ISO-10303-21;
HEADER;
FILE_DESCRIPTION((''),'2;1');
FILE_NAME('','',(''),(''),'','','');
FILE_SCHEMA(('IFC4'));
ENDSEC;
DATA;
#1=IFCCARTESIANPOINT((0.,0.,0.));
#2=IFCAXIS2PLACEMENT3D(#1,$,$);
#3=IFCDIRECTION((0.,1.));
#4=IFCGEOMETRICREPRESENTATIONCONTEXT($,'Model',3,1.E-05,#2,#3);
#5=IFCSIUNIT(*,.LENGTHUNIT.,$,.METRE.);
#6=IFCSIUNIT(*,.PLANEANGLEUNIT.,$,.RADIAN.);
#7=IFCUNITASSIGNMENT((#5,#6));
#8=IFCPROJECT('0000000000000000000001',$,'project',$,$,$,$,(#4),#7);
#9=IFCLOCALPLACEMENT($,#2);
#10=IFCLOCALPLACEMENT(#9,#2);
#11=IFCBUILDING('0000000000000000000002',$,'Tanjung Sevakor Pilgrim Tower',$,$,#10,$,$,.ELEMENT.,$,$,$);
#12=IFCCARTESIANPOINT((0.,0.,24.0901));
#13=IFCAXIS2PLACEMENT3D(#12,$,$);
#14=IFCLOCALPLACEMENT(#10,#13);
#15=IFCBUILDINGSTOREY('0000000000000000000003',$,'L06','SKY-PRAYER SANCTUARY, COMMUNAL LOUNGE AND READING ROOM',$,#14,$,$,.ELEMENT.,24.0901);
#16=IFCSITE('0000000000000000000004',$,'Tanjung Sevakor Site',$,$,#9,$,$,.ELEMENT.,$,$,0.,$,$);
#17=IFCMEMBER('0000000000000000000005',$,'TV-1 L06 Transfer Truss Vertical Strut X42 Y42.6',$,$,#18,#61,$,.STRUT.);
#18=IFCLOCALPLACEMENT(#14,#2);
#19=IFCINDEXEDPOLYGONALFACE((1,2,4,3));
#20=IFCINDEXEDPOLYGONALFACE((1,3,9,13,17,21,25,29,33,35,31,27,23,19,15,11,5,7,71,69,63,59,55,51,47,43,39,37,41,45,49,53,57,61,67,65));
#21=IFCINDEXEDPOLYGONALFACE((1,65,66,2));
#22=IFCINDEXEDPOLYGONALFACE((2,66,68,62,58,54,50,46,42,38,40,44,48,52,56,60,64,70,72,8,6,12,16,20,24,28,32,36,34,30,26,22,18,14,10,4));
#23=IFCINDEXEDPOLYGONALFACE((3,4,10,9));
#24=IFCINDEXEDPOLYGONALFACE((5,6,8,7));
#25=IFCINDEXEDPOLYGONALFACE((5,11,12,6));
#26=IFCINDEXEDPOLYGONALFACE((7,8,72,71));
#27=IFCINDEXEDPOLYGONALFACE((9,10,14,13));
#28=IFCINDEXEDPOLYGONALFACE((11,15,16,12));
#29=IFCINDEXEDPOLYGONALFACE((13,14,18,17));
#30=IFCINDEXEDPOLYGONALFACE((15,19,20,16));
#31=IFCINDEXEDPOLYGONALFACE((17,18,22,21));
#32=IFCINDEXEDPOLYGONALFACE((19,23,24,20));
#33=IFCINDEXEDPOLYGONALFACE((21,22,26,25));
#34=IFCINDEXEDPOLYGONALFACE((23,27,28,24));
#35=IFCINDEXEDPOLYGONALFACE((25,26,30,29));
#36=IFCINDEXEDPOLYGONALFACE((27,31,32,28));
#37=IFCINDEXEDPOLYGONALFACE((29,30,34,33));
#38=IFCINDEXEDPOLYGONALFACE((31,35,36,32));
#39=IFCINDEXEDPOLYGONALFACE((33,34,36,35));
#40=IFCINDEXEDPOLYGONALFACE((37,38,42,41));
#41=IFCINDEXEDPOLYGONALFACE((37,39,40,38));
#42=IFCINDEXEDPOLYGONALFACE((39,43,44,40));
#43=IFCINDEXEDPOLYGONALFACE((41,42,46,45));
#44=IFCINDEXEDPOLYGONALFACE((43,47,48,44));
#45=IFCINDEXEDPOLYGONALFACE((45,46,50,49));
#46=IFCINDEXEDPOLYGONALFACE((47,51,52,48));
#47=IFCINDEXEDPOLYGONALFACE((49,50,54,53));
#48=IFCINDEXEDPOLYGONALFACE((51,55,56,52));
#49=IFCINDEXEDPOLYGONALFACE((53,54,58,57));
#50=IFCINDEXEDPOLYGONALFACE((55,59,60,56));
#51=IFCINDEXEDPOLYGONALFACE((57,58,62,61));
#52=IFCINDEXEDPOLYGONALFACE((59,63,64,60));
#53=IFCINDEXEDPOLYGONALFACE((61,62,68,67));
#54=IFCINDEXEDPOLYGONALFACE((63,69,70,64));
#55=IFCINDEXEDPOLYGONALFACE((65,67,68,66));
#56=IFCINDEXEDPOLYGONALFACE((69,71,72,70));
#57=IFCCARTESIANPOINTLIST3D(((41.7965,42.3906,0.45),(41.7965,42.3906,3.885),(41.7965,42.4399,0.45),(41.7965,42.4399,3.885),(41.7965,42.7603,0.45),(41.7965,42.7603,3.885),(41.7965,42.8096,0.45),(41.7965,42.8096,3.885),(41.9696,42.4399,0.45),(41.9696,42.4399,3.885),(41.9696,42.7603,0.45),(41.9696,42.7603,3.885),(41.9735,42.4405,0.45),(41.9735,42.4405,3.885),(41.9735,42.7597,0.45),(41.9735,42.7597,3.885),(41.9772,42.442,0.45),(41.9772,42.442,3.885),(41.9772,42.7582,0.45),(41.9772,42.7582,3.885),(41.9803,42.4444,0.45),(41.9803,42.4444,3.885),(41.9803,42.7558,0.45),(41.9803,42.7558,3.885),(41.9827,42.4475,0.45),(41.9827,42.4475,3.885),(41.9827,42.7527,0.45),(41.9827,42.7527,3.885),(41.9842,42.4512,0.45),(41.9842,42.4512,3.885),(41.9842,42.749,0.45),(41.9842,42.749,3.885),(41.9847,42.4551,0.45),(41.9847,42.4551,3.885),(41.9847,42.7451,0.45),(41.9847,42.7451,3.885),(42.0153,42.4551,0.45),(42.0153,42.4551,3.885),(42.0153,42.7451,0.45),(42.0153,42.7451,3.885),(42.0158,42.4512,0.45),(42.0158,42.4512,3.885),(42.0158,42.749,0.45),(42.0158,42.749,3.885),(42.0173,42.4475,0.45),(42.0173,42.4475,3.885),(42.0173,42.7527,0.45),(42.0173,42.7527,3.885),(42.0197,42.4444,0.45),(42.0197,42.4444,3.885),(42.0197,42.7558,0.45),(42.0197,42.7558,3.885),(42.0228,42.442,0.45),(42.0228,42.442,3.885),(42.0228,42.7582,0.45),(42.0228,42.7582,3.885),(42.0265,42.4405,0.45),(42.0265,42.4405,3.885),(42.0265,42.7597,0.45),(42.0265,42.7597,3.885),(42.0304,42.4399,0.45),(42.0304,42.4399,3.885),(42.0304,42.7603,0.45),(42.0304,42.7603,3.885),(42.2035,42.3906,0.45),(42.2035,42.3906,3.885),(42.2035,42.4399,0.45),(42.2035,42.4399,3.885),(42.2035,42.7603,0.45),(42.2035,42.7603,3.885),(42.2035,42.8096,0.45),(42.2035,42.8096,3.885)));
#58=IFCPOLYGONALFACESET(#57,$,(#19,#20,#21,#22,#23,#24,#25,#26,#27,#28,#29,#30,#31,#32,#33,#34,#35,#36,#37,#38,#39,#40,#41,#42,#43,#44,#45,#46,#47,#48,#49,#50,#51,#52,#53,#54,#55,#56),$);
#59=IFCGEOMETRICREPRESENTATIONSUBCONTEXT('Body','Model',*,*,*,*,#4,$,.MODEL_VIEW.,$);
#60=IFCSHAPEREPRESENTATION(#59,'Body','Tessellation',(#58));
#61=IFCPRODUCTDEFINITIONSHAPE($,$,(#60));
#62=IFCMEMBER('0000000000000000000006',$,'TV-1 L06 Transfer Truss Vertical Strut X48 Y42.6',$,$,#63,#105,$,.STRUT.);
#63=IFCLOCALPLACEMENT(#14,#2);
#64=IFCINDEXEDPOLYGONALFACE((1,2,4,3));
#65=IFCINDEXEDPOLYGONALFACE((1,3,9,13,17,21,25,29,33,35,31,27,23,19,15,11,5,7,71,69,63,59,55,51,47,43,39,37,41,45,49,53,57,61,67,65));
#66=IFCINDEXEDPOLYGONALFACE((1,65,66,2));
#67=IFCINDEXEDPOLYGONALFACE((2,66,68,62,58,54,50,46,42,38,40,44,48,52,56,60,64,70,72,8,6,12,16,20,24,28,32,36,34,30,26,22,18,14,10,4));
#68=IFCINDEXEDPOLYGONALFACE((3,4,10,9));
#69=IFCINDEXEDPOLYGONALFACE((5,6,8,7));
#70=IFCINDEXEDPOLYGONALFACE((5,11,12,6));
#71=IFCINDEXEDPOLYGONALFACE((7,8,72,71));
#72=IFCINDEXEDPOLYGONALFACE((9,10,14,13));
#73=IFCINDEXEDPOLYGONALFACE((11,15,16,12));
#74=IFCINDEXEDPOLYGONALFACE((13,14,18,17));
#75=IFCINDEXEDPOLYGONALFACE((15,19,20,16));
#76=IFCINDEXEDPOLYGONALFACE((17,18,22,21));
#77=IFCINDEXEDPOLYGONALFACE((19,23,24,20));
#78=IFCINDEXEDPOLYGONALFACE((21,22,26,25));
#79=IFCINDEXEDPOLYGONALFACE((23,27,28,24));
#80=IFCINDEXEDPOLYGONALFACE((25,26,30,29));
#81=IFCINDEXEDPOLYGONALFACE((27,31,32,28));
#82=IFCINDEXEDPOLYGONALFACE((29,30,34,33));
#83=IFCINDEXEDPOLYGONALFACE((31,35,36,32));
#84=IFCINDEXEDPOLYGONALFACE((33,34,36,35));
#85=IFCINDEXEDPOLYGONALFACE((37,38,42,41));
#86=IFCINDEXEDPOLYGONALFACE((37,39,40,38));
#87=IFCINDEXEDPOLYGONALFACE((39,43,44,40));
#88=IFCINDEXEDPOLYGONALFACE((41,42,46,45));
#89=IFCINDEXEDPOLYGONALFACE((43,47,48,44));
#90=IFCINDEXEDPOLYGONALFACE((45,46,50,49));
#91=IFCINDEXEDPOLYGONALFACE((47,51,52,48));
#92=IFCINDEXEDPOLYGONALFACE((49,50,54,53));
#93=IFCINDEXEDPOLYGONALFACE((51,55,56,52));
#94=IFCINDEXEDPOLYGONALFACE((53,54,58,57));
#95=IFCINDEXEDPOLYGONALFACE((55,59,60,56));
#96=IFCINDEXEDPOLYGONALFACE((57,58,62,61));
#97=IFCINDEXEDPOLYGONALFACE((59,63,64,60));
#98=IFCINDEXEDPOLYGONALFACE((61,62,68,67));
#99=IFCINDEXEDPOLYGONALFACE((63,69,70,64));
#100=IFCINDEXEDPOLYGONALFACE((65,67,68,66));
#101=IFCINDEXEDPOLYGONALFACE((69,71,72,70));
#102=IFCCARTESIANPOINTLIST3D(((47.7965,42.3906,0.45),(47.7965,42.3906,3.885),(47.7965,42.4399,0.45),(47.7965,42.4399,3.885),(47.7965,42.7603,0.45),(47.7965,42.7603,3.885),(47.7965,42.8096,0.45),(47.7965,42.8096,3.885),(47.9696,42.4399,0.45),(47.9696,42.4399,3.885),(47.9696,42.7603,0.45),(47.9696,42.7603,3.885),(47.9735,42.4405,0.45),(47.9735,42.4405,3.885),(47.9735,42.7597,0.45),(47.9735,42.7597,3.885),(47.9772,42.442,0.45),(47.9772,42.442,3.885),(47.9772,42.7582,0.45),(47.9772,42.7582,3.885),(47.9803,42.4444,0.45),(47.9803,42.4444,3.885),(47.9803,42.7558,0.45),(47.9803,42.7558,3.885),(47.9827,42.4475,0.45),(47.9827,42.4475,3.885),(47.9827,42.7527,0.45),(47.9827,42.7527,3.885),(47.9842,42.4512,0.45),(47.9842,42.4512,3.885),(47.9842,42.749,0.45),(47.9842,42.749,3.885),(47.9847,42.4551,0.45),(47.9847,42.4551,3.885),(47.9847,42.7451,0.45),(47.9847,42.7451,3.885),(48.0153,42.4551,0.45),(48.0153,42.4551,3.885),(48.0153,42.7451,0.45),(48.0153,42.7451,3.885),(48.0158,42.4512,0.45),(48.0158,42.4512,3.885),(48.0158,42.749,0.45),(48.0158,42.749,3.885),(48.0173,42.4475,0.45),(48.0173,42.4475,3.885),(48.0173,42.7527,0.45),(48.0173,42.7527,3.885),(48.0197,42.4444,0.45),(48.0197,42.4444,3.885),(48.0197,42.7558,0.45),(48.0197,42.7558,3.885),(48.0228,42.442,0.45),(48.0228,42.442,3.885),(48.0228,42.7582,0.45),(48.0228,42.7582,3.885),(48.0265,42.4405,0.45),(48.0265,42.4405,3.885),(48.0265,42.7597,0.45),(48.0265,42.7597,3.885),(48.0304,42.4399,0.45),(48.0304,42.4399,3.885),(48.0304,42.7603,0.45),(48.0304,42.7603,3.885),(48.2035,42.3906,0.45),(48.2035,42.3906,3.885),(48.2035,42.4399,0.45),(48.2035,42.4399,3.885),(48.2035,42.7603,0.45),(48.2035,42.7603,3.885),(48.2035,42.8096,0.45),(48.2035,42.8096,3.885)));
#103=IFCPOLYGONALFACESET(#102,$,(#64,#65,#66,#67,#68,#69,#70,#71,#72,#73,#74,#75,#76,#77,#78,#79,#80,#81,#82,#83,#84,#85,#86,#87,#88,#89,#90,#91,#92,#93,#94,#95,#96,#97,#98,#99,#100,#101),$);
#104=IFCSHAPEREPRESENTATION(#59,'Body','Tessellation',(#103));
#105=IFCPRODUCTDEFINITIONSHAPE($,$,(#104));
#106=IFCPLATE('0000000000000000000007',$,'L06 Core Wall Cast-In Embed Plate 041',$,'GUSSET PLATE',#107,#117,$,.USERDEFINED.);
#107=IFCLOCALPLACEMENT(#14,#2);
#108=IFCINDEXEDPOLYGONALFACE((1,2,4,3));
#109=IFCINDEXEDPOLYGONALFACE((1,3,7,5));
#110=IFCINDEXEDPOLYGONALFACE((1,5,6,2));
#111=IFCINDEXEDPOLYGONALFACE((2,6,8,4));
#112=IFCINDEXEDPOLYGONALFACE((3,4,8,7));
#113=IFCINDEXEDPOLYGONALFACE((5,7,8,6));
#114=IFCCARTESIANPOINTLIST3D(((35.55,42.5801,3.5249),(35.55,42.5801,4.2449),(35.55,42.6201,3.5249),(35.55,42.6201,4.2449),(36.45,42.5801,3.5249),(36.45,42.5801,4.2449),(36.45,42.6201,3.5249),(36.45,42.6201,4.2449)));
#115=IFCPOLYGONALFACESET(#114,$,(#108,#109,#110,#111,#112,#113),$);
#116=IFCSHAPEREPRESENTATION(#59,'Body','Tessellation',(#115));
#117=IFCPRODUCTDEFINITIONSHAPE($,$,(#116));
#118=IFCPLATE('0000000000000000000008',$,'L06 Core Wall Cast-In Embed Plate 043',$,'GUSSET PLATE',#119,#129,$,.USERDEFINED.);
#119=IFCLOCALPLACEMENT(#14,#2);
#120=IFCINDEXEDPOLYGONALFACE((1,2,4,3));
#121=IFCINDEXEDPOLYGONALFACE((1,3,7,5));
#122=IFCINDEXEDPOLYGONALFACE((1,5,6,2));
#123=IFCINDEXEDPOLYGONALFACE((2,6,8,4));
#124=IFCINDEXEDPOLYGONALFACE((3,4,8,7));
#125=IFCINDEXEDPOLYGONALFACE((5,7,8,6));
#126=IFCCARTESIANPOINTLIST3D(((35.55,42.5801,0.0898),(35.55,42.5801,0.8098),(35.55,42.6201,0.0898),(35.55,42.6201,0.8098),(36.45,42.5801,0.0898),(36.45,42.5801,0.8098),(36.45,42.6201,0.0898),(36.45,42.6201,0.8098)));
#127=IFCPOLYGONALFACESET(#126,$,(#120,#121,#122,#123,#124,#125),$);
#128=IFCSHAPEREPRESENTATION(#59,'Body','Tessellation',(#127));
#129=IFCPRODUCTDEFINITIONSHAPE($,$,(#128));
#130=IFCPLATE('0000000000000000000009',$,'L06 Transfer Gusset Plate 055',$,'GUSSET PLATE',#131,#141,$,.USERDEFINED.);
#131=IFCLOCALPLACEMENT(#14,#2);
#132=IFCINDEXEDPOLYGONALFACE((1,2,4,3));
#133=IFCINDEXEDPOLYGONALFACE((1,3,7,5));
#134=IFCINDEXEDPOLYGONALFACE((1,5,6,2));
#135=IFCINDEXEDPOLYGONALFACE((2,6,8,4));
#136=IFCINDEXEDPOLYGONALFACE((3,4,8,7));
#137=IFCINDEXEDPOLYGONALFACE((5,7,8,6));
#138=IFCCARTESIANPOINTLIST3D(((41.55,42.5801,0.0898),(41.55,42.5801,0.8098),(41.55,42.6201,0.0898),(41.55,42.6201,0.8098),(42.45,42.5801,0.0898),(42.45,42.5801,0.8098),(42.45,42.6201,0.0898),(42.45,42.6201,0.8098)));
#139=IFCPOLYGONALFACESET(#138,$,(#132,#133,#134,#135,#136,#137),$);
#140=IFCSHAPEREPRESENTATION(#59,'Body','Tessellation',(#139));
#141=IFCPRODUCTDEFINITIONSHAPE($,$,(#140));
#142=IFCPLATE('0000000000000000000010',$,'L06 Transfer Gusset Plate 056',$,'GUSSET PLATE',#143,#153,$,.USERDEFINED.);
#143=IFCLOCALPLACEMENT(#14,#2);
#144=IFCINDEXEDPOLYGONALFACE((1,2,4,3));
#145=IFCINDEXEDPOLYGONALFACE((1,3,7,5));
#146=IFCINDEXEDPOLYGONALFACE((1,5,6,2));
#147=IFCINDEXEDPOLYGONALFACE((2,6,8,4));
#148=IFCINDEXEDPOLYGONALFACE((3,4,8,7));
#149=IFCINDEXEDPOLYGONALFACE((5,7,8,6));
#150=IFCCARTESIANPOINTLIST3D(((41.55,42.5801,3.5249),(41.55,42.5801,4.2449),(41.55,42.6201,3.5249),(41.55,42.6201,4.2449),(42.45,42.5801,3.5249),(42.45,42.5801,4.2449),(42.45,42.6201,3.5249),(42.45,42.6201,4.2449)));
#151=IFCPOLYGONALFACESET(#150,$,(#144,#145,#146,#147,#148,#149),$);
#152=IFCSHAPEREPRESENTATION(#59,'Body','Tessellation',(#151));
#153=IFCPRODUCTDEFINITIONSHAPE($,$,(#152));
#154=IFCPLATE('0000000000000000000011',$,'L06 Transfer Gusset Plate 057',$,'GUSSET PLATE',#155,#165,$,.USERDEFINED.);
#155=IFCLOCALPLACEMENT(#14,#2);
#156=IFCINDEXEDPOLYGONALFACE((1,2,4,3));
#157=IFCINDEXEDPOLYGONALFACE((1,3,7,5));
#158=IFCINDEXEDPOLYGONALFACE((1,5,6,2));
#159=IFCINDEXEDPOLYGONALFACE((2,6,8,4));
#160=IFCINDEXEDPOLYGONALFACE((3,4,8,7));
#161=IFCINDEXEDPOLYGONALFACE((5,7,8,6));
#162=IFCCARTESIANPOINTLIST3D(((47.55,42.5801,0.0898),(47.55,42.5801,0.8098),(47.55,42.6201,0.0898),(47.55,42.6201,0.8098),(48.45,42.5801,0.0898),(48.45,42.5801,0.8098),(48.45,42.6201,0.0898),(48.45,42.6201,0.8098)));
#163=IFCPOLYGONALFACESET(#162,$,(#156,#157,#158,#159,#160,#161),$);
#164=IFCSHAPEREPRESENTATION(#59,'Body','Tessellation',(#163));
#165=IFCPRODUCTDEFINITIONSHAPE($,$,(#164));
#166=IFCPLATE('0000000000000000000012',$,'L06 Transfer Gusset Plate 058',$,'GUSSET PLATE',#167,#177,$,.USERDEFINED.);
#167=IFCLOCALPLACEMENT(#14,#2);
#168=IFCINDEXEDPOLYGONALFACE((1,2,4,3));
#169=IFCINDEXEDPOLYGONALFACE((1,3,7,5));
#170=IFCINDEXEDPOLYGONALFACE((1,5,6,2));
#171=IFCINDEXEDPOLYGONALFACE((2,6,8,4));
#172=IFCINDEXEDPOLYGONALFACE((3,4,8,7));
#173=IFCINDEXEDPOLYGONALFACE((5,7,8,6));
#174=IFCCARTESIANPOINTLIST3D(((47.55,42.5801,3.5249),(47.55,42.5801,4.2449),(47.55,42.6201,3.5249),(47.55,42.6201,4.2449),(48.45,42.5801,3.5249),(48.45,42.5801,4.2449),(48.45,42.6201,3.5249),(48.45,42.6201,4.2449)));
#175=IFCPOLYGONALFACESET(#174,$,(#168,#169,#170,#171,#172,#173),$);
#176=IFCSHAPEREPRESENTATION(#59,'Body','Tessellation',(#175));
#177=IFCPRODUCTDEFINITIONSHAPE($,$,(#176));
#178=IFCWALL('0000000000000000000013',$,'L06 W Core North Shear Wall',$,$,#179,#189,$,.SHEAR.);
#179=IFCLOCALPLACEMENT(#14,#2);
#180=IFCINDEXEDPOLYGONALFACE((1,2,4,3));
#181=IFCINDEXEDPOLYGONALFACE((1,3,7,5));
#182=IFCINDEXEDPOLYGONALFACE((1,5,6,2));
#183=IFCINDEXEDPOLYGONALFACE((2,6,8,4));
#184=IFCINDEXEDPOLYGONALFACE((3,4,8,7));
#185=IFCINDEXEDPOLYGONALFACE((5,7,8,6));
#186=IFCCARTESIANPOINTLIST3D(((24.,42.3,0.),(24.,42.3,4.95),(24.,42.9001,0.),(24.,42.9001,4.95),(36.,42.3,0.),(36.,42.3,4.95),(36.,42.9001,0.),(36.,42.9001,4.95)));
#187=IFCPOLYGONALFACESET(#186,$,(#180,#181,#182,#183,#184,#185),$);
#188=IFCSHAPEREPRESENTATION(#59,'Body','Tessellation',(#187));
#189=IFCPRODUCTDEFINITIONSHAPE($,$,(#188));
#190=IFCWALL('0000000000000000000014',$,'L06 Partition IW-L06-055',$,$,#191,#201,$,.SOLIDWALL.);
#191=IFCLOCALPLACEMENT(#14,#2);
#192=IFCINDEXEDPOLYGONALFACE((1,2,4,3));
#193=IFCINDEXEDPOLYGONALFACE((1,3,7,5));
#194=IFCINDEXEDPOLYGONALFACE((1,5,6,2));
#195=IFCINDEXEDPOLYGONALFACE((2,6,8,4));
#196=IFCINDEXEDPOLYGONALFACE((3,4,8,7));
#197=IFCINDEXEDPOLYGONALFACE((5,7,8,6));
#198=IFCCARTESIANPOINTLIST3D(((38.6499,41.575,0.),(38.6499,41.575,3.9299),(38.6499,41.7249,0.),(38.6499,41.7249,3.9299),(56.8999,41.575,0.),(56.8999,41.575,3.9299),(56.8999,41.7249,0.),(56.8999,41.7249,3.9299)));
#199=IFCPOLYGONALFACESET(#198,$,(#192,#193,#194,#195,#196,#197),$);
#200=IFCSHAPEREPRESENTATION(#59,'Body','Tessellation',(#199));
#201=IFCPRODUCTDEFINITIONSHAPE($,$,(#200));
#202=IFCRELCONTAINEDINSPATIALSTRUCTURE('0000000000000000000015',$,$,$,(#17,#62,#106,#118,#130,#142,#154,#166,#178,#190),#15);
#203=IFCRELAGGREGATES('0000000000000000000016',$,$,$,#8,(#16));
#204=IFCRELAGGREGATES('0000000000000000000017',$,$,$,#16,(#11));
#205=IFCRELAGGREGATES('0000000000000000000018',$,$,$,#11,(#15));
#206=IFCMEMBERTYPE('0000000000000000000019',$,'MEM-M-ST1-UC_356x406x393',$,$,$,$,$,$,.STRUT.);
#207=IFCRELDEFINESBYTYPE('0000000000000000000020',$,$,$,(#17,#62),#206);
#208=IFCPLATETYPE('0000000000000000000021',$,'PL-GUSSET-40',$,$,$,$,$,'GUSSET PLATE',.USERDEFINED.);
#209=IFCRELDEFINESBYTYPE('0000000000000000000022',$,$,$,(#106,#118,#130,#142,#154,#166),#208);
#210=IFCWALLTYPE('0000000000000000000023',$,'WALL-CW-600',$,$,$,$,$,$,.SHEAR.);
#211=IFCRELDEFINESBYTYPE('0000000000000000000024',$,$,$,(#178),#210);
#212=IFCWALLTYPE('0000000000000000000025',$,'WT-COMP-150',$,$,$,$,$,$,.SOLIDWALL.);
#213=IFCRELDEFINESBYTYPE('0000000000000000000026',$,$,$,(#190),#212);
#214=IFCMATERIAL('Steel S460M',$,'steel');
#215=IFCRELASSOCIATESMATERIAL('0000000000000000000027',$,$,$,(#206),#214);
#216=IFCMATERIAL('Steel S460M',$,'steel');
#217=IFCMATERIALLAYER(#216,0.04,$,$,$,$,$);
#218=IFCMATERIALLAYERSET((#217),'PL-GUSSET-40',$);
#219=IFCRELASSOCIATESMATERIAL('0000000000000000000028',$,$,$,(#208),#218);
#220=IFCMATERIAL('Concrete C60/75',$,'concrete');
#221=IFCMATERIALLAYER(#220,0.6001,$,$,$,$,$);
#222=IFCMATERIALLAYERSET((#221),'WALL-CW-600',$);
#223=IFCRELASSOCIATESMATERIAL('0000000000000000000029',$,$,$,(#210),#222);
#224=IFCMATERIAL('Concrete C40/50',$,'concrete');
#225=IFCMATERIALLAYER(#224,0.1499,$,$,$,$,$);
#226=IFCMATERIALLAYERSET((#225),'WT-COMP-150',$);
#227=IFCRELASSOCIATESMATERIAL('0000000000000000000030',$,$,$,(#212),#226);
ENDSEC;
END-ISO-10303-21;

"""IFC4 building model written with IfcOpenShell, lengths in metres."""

from ifc_helpers import new_model, si_unit, direction, frame, frame_2d, origin, origin_2d, place, context, subcontext, project, spatial, rectangle, i_section, extrude, material, layer, layer_set, material_profile, profile_set, type_object, element, save


model = new_model("IFC4")

# Units and contexts
model_context = context("Model", 3, precision=1e-05, world=origin(), true_north=direction((0.0, 1.0)))
body_context = subcontext(model_context, "Body", "Model", "MODEL_VIEW")
ifc_project = project(units=[si_unit("LENGTHUNIT", "METRE"), si_unit("PLANEANGLEUNIT", "RADIAN")], contexts=[model_context])

# Site, building, storey
site_placement = place(None, origin())
site = spatial("IfcSite", under=ifc_project, at=site_placement, Name="Tanjung Sevakor Site", CompositionType="ELEMENT", RefElevation=0.0)
building_placement = place(site_placement, origin())
building = spatial("IfcBuilding", under=site, at=building_placement, Name="Tanjung Sevakor Pilgrim Tower", CompositionType="ELEMENT")
storey_placement = place(building_placement, frame((0.0, 0.0, 24.0901)))
storey = spatial("IfcBuildingStorey", under=building, at=storey_placement, Name="L06", Description="SKY-PRAYER SANCTUARY, COMMUNAL LOUNGE AND READING ROOM", CompositionType="ELEMENT", Elevation=24.0901)

# Members
ifc_material_1 = material(Name="Steel S460M", Category="steel")
ifc_material_profile_1 = material_profile(ifc_material_1, i_section(OverallWidth=0.407, OverallDepth=0.4189, WebThickness=0.0305, FlangeThickness=0.0493, FilletRadius=0.0151, at=origin_2d()))
ifc_profile_set_1 = profile_set([ifc_material_profile_1], Name="Steel S460M")
member_type_1 = type_object("IfcMemberType", Name="MEM-M-ST1-UC_356x406x393", PredefinedType="STRUT", material=ifc_profile_set_1)
for number, where, z_axis, x_axis, name in (
    (1, (42.0, 42.6001, 0.45), (0.0, 0.0, 1.0), (1.0, 0.0, 0.0), "TV-1 L06 Transfer Truss Vertical Strut X42 Y42.6"),
    (2, (48.0, 42.6001, 0.45), (0.0, 0.0, 1.0), (1.0, 0.0, 0.0), "TV-1 L06 Transfer Truss Vertical Strut X48 Y42.6"),
):
    element("IfcMember", number, at=place(storey_placement, frame(where, z_axis=z_axis, x_axis=x_axis)), inside=storey, type_object=member_type_1, Name=name, PredefinedType="STRUT", context=body_context, shape_type="SweptSolid", body=[
        extrude(i_section(OverallWidth=0.407, OverallDepth=0.4189, WebThickness=0.0305, FlangeThickness=0.0493, FilletRadius=0.0151, at=origin_2d()), origin(), (0.0, 0.0, 1.0), 3.4351),
    ])

# Plates
ifc_material_2 = material(Name="Steel S460M", Category="steel")
ifc_layer_1 = layer(ifc_material_2, 0.04)
ifc_layer_set_1 = layer_set([ifc_layer_1], Name="PL-GUSSET-40")
plate_type = type_object("IfcPlateType", Name="PL-GUSSET-40", ElementType="GUSSET PLATE", PredefinedType="USERDEFINED", material=ifc_layer_set_1)
for number, where, z_axis, x_axis, name in (
    (3, (36.0, 42.6001, 3.5249), (0.0, 0.0, 1.0), (1.0, 0.0, 0.0), "L06 Core Wall Cast-In Embed Plate 041"),
    (4, (36.0, 42.6001, 0.0898), (0.0, 0.0, 1.0), (1.0, 0.0, 0.0), "L06 Core Wall Cast-In Embed Plate 043"),
    (5, (42.0, 42.6001, 0.0898), (0.0, 0.0, 1.0), (1.0, 0.0, 0.0), "L06 Transfer Gusset Plate 055"),
    (6, (42.0, 42.6001, 3.5249), (0.0, 0.0, 1.0), (1.0, 0.0, 0.0), "L06 Transfer Gusset Plate 056"),
    (7, (48.0, 42.6001, 0.0898), (0.0, 0.0, 1.0), (1.0, 0.0, 0.0), "L06 Transfer Gusset Plate 057"),
    (8, (48.0, 42.6001, 3.5249), (0.0, 0.0, 1.0), (1.0, 0.0, 0.0), "L06 Transfer Gusset Plate 058"),
):
    element("IfcPlate", number, at=place(storey_placement, frame(where, z_axis=z_axis, x_axis=x_axis)), inside=storey, type_object=plate_type, Name=name, ObjectType="GUSSET PLATE", PredefinedType="USERDEFINED", context=body_context, shape_type="SweptSolid", body=[
        extrude(rectangle(XDim=0.8999, YDim=0.04, at=origin_2d()), origin(), (0.0, 0.0, 1.0), 0.72),
    ])

# Walls
ifc_material_3 = material(Name="Concrete C60/75", Category="concrete")
ifc_layer_2 = layer(ifc_material_3, 0.6001)
ifc_layer_set_2 = layer_set([ifc_layer_2], Name="WALL-CW-600")
wall_type_1 = type_object("IfcWallType", Name="WALL-CW-600", PredefinedType="SHEAR", material=ifc_layer_set_2)
wall_1_placement = place(storey_placement, frame((36.0, 42.6001, 0.0), z_axis=(0.0, 0.0, 1.0), x_axis=(-1.0, 0.0, 0.0)))
element("IfcWall", 9, at=wall_1_placement, inside=storey, type_object=wall_type_1, Name="L06 W Core North Shear Wall", PredefinedType="SHEAR", context=body_context, shape_type="SweptSolid", body=[
    extrude(rectangle(XDim=12.0, YDim=0.6001, at=frame_2d((6.0, 0.0))), origin(), (0.0, 0.0, 1.0), 4.95),
])
ifc_material_4 = material(Name="Concrete C40/50", Category="concrete")
ifc_layer_3 = layer(ifc_material_4, 0.1499)
ifc_layer_set_3 = layer_set([ifc_layer_3], Name="WT-COMP-150")
wall_type_2 = type_object("IfcWallType", Name="WT-COMP-150", PredefinedType="SOLIDWALL", material=ifc_layer_set_3)
wall_2_placement = place(storey_placement, frame((38.6499, 41.6499, 0.0), z_axis=(0.0, 0.0, 1.0), x_axis=(1.0, 0.0, 0.0)))
element("IfcWall", 10, at=wall_2_placement, inside=storey, type_object=wall_type_2, Name="L06 Partition IW-L06-055", PredefinedType="SOLIDWALL", context=body_context, shape_type="SweptSolid", body=[
    extrude(rectangle(XDim=18.25, YDim=0.1499, at=frame_2d((9.125, 0.0))), origin(), (0.0, 0.0, 1.0), 3.9299),
])

save(model, "model.ifc")
